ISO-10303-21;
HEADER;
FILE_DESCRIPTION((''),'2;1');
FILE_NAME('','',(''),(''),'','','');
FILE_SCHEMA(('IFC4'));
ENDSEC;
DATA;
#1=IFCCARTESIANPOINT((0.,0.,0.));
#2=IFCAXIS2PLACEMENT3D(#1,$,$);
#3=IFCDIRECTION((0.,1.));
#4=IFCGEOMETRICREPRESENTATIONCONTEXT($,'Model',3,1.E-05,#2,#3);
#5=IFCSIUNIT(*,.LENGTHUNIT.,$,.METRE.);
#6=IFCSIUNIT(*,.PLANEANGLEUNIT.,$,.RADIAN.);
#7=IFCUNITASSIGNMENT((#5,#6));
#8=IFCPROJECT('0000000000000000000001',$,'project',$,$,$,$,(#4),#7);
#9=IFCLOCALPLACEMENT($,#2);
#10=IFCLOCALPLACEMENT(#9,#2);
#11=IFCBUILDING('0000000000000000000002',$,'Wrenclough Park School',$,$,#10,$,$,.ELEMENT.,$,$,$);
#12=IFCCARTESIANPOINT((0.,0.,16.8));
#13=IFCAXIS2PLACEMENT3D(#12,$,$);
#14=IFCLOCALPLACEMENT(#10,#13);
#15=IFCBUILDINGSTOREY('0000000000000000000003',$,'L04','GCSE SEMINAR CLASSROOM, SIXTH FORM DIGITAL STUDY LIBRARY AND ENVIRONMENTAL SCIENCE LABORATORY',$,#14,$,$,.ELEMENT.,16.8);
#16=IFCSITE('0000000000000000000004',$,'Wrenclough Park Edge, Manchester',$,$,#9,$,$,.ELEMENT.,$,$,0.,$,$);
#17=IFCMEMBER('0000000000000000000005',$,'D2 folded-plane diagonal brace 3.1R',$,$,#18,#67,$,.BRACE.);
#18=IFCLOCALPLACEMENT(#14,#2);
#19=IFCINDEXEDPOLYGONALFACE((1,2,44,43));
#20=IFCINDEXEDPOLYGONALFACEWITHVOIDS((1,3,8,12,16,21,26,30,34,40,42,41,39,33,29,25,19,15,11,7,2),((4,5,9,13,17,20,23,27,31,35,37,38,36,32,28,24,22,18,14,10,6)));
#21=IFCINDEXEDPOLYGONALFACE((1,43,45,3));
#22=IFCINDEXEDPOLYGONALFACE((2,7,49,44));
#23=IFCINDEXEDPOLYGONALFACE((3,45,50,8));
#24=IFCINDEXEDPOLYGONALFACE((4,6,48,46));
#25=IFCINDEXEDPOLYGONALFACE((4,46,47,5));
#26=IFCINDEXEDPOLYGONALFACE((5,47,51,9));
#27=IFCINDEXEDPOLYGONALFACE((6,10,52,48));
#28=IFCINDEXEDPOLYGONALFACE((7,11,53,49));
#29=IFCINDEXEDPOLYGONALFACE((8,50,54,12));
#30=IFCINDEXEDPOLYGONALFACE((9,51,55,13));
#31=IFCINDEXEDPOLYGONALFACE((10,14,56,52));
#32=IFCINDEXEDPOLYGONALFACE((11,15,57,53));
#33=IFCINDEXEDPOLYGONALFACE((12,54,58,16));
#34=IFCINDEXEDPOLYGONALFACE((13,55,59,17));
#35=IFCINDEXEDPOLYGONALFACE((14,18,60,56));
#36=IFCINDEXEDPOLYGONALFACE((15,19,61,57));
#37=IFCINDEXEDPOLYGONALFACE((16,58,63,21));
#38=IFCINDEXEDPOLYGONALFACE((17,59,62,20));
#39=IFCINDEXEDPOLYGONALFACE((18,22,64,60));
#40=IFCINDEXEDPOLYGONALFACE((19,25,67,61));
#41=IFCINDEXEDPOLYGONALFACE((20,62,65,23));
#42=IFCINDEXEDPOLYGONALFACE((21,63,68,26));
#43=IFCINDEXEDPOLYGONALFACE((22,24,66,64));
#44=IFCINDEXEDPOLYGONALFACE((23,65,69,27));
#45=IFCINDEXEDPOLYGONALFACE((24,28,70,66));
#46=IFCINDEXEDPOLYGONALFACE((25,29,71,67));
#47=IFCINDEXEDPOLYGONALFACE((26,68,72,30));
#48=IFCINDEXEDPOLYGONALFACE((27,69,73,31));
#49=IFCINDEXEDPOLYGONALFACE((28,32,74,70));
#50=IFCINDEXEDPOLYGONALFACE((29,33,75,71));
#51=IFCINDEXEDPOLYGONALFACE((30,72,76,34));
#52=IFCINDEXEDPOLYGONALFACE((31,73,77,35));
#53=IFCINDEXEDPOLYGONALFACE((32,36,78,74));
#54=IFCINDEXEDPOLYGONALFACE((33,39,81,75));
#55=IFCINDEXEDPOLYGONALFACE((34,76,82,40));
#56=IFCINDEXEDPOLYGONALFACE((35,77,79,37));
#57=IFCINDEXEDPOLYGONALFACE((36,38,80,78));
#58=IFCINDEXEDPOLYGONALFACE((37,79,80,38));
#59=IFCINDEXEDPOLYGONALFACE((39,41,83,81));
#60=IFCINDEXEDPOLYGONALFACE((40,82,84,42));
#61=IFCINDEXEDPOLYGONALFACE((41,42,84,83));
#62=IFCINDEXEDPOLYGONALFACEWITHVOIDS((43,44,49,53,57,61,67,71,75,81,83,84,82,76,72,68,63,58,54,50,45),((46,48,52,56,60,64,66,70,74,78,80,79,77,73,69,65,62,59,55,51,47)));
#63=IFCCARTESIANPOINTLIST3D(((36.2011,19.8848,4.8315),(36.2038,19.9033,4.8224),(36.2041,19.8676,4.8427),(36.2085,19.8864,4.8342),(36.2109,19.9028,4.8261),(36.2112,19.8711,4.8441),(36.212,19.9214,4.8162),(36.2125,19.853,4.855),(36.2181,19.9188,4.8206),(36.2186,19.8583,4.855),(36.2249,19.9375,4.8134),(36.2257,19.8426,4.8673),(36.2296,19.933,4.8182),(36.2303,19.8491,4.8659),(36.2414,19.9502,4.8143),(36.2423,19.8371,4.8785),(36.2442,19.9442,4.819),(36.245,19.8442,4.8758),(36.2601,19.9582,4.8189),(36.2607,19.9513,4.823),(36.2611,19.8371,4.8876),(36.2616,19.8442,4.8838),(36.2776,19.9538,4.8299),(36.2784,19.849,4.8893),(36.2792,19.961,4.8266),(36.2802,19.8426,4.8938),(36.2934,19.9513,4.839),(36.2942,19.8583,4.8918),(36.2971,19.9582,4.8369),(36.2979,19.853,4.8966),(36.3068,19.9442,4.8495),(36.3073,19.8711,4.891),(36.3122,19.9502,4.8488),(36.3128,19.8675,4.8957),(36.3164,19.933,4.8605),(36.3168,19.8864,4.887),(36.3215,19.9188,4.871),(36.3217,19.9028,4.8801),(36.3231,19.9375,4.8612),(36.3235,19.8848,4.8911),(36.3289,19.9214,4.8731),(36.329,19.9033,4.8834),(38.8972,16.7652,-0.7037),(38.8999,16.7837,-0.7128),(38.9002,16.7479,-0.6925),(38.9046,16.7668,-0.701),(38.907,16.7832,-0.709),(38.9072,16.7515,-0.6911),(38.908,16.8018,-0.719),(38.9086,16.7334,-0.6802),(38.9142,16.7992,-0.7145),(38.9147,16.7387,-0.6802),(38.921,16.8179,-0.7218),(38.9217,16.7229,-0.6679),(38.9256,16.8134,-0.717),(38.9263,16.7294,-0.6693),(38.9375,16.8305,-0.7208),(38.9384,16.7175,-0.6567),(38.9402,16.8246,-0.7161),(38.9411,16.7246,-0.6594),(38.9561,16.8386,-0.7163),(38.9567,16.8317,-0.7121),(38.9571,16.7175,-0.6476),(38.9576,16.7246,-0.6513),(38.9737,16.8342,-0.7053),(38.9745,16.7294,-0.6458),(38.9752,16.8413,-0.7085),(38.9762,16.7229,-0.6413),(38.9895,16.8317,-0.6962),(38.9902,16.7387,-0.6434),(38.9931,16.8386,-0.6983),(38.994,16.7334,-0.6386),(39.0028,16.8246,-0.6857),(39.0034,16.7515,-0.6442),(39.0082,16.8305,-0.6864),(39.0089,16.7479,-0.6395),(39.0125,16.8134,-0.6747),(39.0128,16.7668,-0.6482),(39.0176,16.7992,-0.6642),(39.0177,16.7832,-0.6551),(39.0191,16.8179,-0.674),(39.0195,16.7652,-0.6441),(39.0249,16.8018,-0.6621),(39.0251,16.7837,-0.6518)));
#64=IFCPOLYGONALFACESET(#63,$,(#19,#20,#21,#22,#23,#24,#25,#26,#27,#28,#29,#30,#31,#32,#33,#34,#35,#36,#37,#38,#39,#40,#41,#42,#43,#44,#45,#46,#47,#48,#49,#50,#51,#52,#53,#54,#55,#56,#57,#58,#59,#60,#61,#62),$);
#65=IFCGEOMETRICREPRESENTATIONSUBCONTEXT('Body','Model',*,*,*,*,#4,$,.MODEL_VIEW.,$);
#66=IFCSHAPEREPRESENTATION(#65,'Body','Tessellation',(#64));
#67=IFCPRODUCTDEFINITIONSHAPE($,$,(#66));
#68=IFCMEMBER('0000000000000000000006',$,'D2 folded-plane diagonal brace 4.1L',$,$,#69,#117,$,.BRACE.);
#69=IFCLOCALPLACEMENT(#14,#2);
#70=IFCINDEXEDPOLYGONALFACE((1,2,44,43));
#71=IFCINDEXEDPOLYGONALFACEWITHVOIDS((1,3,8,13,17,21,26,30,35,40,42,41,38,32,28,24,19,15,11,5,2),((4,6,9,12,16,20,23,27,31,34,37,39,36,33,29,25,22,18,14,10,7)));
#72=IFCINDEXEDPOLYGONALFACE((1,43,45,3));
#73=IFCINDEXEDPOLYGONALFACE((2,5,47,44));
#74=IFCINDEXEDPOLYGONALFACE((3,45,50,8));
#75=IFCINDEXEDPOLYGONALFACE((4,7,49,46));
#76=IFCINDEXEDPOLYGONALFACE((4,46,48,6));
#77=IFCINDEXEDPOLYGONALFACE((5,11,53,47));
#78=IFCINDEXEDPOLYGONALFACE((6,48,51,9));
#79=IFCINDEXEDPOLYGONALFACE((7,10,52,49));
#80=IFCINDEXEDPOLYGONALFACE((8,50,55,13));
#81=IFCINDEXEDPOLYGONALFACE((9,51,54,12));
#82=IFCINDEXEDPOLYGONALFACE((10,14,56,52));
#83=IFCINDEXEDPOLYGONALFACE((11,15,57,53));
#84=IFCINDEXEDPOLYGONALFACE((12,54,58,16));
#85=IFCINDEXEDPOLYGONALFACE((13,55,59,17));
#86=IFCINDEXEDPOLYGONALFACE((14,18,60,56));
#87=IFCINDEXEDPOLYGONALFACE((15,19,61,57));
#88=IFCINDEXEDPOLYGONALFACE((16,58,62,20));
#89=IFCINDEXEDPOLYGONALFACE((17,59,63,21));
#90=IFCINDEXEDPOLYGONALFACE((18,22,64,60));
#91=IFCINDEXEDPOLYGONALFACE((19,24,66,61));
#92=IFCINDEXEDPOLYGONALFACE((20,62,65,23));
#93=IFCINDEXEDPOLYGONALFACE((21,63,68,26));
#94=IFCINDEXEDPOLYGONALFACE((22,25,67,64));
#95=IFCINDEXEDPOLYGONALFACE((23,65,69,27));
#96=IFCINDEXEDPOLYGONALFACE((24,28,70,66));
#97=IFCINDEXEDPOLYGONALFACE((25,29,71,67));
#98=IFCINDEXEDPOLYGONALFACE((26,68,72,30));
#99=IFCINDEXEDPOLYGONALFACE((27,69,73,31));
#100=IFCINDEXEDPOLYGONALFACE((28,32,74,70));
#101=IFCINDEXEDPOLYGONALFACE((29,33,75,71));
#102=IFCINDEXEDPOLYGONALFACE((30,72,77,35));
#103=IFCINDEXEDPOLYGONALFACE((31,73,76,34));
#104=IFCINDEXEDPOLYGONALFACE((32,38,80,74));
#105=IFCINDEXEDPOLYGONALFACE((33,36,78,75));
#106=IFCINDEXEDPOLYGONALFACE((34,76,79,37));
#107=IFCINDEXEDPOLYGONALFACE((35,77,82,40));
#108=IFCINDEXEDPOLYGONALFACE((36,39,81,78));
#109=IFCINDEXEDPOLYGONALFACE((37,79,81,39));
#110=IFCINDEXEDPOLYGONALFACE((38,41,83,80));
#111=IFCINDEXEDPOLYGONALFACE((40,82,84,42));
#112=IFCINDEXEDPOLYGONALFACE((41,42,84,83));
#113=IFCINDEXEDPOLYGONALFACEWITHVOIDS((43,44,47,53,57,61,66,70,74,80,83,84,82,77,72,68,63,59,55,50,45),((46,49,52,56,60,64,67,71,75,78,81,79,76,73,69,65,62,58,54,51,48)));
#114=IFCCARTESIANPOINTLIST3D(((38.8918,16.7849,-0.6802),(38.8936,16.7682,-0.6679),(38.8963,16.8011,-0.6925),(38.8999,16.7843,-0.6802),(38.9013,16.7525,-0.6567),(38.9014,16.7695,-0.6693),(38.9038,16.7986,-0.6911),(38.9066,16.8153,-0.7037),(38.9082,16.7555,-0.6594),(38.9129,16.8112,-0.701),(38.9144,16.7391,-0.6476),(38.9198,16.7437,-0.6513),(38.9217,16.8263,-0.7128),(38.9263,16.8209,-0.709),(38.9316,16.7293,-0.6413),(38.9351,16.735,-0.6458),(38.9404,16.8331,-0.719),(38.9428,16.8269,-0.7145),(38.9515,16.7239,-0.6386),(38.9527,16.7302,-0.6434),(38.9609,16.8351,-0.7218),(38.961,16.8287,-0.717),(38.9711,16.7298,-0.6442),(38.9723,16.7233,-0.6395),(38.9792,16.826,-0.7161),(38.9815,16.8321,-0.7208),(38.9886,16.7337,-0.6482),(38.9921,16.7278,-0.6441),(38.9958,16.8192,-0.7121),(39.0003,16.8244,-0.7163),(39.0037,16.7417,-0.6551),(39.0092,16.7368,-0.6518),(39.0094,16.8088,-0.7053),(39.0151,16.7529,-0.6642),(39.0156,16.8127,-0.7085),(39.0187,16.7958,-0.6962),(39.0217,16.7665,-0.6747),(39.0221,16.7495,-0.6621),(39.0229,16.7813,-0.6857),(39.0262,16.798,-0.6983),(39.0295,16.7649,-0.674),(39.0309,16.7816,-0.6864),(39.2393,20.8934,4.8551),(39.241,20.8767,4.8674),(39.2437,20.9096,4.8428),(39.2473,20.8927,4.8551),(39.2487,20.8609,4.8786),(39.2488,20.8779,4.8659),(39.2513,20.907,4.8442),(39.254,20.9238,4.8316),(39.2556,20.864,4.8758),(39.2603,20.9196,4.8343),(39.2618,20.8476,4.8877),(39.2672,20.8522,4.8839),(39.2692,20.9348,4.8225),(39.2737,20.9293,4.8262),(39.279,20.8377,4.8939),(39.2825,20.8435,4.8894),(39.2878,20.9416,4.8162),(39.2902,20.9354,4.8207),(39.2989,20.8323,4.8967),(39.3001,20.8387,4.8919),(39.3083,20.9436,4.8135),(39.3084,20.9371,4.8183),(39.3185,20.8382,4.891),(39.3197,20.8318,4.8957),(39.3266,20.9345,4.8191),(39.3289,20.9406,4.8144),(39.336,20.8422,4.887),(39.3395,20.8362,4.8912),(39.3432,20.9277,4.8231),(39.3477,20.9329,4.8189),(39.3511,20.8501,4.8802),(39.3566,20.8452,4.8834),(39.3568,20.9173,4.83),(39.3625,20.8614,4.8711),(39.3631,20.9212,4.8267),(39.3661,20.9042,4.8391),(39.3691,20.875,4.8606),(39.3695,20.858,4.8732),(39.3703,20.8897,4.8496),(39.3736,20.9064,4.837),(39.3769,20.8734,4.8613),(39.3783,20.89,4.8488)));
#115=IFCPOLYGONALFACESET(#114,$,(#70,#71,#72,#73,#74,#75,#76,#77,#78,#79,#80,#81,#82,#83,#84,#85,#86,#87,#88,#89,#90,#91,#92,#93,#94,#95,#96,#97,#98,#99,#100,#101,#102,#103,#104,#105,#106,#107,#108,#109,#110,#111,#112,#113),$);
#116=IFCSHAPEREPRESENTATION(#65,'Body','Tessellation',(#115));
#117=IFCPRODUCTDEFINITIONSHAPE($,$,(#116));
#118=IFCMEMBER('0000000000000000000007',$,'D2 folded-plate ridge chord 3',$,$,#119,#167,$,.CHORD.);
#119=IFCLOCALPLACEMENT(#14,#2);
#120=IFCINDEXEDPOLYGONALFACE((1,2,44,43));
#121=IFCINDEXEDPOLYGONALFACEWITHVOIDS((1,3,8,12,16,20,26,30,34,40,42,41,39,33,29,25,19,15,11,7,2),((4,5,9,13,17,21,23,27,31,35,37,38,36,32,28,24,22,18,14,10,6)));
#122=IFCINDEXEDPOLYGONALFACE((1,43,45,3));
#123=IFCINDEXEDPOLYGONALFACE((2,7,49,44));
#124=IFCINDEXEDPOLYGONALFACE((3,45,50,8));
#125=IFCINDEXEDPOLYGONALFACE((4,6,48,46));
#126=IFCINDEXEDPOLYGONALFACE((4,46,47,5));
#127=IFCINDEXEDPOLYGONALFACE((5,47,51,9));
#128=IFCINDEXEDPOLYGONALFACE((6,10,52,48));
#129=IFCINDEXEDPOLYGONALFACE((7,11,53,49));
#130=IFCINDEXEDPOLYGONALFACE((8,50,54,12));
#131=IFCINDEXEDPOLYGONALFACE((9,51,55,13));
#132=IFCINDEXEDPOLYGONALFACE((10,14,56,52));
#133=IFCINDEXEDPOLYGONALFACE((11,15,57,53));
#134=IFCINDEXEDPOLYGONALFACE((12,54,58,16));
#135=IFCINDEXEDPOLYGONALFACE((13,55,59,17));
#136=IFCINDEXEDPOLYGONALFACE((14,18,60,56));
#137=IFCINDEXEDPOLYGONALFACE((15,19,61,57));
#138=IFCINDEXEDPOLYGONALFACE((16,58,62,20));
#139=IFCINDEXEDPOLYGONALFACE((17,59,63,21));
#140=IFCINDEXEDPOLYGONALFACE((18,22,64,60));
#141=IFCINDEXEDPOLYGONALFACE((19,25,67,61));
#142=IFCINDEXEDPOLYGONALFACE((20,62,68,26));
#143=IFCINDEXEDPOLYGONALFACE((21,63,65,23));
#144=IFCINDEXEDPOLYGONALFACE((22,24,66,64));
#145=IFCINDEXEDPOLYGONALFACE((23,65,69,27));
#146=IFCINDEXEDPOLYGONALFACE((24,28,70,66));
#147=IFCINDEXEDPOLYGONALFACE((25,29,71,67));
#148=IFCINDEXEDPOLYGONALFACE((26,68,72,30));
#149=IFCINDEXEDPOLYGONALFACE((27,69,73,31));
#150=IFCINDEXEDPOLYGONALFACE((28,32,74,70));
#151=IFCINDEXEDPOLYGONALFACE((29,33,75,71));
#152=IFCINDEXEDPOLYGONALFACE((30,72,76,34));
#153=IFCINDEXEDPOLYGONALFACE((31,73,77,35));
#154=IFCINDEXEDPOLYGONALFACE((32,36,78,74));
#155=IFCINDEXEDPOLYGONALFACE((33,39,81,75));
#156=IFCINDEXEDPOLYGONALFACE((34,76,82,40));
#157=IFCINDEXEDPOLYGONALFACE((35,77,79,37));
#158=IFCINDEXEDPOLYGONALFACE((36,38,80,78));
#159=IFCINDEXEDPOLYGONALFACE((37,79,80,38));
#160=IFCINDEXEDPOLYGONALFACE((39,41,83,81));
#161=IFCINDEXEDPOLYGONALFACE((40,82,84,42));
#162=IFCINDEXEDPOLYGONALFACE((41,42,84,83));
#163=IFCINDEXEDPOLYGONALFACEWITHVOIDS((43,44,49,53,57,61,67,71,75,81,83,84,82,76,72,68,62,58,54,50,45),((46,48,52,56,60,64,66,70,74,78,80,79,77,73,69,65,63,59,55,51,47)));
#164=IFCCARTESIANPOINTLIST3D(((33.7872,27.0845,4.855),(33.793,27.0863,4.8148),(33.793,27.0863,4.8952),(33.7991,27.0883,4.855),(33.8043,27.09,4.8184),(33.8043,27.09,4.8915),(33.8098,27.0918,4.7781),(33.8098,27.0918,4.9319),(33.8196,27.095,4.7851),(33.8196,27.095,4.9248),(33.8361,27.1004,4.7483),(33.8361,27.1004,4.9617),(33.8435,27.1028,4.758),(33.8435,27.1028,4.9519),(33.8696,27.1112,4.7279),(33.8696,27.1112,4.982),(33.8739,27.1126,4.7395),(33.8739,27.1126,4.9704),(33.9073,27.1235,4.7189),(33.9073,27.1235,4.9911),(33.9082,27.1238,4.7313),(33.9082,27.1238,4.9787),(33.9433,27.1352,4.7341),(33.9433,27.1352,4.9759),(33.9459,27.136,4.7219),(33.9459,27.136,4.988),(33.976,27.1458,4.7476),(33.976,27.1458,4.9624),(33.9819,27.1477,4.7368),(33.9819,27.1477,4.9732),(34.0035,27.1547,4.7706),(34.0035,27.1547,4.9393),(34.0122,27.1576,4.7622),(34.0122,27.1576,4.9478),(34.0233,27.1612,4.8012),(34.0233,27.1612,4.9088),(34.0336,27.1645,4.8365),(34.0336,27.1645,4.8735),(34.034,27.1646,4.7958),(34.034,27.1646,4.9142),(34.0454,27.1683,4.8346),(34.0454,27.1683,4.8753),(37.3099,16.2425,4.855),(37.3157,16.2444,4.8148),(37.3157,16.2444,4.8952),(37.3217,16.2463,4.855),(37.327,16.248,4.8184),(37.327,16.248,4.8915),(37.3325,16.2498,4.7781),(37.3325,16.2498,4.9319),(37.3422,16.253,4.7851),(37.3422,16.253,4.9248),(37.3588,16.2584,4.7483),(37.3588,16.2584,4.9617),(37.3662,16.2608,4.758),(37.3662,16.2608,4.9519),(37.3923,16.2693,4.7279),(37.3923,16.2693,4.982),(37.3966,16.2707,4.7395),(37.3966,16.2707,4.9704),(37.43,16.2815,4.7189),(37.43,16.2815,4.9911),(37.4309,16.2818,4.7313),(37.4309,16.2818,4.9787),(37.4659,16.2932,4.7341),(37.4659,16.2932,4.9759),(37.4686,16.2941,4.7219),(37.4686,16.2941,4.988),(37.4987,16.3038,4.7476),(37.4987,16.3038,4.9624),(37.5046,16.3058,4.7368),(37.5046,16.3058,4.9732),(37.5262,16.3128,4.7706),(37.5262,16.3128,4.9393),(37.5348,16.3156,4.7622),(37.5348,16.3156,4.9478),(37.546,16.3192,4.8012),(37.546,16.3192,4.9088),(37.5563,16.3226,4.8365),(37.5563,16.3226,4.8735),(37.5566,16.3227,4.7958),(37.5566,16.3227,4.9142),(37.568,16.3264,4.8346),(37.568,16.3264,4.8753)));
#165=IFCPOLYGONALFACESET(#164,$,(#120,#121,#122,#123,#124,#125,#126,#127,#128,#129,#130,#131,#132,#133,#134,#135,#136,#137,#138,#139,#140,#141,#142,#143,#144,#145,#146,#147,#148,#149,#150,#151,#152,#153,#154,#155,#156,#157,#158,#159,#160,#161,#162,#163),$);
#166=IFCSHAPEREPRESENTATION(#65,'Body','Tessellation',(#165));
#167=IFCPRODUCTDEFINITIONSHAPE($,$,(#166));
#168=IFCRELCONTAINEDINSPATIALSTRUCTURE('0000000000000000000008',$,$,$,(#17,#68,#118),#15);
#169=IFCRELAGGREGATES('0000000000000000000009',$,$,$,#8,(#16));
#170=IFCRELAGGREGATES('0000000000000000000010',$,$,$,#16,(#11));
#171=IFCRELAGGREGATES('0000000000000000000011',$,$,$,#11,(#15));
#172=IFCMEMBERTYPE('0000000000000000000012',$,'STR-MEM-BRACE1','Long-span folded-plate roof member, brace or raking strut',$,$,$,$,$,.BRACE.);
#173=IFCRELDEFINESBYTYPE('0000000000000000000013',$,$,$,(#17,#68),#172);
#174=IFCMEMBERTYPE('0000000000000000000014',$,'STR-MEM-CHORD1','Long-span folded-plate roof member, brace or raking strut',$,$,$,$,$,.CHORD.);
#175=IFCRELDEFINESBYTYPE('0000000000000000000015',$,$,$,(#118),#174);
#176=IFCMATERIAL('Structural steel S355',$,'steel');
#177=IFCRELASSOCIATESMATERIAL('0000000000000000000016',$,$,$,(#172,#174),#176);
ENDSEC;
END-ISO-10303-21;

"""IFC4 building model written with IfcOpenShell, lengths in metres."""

from ifc_helpers import new_model, si_unit, direction, frame, origin, origin_2d, place, context, subcontext, project, spatial, hollow_circle, extrude, material, material_profile, profile_set, type_object, element, save


model = new_model("IFC4")

# Units and contexts
model_context = context("Model", 3, precision=1e-05, world=origin(), true_north=direction((0.0, 1.0)))
body_context = subcontext(model_context, "Body", "Model", "MODEL_VIEW")
ifc_project = project(units=[si_unit("LENGTHUNIT", "METRE"), si_unit("PLANEANGLEUNIT", "RADIAN")], contexts=[model_context])

# Site, building, storey
site_placement = place(None, origin())
site = spatial("IfcSite", under=ifc_project, at=site_placement, Name="Wrenclough Park Edge, Manchester", CompositionType="ELEMENT", RefElevation=0.0)
building_placement = place(site_placement, origin())
building = spatial("IfcBuilding", under=site, at=building_placement, Name="Wrenclough Park School", CompositionType="ELEMENT")
storey_placement = place(building_placement, frame((0.0, 0.0, 16.8)))
storey = spatial("IfcBuildingStorey", under=building, at=storey_placement, Name="L04", Description="GCSE SEMINAR CLASSROOM, SIXTH FORM DIGITAL STUDY LIBRARY AND ENVIRONMENTAL SCIENCE LABORATORY", CompositionType="ELEMENT", Elevation=16.8)

# Members
ifc_material_1 = material(Name="Structural steel S355", Category="steel")
ifc_material_profile_1 = material_profile(ifc_material_1, hollow_circle(Radius=0.0698, WallThickness=0.0081, at=origin_2d()), Name="CHS 139.7x8.0")
ifc_profile_set_1 = profile_set([ifc_material_profile_1], Name="Structural steel S355")
member_type_1 = type_object("IfcMemberType", Name="STR-MEM-BRACE1", Description="Long-span folded-plate roof member, brace or raking strut", PredefinedType="BRACE", material=ifc_profile_set_1)
for number, where, z_axis, x_axis, name in (
    (1, (38.9614, 16.7791, -0.6802), (-0.390613, 0.451984, 0.801955), (-0.756605, -0.653873, 0.0), "D2 folded-plane diagonal brace 3.1R"),
    (2, (38.9614, 16.7791, -0.6802), (0.050335, 0.595248, 0.801964), (-0.996444, 0.084261, 0.0), "D2 folded-plane diagonal brace 4.1L"),
):
    element("IfcMember", number, at=place(storey_placement, frame(where, z_axis=z_axis, x_axis=x_axis)), inside=storey, type_object=member_type_1, Name=name, PredefinedType="BRACE", context=body_context, shape_type="SweptSolid", body=[
        extrude(hollow_circle(Radius=0.0698, WallThickness=0.0081, at=origin_2d()), origin(), (0.0, 0.0, 1.0), 6.9021),
    ])
ifc_material_profile_2 = material_profile(ifc_material_1, hollow_circle(Radius=0.1365, WallThickness=0.0125, at=origin_2d()), Name="CHS 273.0x12.5")
ifc_profile_set_2 = profile_set([ifc_material_profile_2], Name="Structural steel S355")
member_type_2 = type_object("IfcMemberType", Name="STR-MEM-CHORD1", Description="Long-span folded-plate roof member, brace or raking strut", PredefinedType="CHORD", material=ifc_profile_set_2)
member_1_placement = place(storey_placement, frame((37.4397, 16.2847, 4.855), z_axis=(-0.30901, 0.951059, 0.0), x_axis=(-0.951059, -0.30901, 0.0)))
element("IfcMember", 3, at=member_1_placement, inside=storey, type_object=member_type_2, Name="D2 folded-plate ridge chord 3", PredefinedType="CHORD", context=body_context, shape_type="SweptSolid", body=[
    extrude(hollow_circle(Radius=0.1365, WallThickness=0.0125, at=origin_2d()), origin(), (0.0, 0.0, 1.0), 11.3999),
])

save(model, "model.ifc")
